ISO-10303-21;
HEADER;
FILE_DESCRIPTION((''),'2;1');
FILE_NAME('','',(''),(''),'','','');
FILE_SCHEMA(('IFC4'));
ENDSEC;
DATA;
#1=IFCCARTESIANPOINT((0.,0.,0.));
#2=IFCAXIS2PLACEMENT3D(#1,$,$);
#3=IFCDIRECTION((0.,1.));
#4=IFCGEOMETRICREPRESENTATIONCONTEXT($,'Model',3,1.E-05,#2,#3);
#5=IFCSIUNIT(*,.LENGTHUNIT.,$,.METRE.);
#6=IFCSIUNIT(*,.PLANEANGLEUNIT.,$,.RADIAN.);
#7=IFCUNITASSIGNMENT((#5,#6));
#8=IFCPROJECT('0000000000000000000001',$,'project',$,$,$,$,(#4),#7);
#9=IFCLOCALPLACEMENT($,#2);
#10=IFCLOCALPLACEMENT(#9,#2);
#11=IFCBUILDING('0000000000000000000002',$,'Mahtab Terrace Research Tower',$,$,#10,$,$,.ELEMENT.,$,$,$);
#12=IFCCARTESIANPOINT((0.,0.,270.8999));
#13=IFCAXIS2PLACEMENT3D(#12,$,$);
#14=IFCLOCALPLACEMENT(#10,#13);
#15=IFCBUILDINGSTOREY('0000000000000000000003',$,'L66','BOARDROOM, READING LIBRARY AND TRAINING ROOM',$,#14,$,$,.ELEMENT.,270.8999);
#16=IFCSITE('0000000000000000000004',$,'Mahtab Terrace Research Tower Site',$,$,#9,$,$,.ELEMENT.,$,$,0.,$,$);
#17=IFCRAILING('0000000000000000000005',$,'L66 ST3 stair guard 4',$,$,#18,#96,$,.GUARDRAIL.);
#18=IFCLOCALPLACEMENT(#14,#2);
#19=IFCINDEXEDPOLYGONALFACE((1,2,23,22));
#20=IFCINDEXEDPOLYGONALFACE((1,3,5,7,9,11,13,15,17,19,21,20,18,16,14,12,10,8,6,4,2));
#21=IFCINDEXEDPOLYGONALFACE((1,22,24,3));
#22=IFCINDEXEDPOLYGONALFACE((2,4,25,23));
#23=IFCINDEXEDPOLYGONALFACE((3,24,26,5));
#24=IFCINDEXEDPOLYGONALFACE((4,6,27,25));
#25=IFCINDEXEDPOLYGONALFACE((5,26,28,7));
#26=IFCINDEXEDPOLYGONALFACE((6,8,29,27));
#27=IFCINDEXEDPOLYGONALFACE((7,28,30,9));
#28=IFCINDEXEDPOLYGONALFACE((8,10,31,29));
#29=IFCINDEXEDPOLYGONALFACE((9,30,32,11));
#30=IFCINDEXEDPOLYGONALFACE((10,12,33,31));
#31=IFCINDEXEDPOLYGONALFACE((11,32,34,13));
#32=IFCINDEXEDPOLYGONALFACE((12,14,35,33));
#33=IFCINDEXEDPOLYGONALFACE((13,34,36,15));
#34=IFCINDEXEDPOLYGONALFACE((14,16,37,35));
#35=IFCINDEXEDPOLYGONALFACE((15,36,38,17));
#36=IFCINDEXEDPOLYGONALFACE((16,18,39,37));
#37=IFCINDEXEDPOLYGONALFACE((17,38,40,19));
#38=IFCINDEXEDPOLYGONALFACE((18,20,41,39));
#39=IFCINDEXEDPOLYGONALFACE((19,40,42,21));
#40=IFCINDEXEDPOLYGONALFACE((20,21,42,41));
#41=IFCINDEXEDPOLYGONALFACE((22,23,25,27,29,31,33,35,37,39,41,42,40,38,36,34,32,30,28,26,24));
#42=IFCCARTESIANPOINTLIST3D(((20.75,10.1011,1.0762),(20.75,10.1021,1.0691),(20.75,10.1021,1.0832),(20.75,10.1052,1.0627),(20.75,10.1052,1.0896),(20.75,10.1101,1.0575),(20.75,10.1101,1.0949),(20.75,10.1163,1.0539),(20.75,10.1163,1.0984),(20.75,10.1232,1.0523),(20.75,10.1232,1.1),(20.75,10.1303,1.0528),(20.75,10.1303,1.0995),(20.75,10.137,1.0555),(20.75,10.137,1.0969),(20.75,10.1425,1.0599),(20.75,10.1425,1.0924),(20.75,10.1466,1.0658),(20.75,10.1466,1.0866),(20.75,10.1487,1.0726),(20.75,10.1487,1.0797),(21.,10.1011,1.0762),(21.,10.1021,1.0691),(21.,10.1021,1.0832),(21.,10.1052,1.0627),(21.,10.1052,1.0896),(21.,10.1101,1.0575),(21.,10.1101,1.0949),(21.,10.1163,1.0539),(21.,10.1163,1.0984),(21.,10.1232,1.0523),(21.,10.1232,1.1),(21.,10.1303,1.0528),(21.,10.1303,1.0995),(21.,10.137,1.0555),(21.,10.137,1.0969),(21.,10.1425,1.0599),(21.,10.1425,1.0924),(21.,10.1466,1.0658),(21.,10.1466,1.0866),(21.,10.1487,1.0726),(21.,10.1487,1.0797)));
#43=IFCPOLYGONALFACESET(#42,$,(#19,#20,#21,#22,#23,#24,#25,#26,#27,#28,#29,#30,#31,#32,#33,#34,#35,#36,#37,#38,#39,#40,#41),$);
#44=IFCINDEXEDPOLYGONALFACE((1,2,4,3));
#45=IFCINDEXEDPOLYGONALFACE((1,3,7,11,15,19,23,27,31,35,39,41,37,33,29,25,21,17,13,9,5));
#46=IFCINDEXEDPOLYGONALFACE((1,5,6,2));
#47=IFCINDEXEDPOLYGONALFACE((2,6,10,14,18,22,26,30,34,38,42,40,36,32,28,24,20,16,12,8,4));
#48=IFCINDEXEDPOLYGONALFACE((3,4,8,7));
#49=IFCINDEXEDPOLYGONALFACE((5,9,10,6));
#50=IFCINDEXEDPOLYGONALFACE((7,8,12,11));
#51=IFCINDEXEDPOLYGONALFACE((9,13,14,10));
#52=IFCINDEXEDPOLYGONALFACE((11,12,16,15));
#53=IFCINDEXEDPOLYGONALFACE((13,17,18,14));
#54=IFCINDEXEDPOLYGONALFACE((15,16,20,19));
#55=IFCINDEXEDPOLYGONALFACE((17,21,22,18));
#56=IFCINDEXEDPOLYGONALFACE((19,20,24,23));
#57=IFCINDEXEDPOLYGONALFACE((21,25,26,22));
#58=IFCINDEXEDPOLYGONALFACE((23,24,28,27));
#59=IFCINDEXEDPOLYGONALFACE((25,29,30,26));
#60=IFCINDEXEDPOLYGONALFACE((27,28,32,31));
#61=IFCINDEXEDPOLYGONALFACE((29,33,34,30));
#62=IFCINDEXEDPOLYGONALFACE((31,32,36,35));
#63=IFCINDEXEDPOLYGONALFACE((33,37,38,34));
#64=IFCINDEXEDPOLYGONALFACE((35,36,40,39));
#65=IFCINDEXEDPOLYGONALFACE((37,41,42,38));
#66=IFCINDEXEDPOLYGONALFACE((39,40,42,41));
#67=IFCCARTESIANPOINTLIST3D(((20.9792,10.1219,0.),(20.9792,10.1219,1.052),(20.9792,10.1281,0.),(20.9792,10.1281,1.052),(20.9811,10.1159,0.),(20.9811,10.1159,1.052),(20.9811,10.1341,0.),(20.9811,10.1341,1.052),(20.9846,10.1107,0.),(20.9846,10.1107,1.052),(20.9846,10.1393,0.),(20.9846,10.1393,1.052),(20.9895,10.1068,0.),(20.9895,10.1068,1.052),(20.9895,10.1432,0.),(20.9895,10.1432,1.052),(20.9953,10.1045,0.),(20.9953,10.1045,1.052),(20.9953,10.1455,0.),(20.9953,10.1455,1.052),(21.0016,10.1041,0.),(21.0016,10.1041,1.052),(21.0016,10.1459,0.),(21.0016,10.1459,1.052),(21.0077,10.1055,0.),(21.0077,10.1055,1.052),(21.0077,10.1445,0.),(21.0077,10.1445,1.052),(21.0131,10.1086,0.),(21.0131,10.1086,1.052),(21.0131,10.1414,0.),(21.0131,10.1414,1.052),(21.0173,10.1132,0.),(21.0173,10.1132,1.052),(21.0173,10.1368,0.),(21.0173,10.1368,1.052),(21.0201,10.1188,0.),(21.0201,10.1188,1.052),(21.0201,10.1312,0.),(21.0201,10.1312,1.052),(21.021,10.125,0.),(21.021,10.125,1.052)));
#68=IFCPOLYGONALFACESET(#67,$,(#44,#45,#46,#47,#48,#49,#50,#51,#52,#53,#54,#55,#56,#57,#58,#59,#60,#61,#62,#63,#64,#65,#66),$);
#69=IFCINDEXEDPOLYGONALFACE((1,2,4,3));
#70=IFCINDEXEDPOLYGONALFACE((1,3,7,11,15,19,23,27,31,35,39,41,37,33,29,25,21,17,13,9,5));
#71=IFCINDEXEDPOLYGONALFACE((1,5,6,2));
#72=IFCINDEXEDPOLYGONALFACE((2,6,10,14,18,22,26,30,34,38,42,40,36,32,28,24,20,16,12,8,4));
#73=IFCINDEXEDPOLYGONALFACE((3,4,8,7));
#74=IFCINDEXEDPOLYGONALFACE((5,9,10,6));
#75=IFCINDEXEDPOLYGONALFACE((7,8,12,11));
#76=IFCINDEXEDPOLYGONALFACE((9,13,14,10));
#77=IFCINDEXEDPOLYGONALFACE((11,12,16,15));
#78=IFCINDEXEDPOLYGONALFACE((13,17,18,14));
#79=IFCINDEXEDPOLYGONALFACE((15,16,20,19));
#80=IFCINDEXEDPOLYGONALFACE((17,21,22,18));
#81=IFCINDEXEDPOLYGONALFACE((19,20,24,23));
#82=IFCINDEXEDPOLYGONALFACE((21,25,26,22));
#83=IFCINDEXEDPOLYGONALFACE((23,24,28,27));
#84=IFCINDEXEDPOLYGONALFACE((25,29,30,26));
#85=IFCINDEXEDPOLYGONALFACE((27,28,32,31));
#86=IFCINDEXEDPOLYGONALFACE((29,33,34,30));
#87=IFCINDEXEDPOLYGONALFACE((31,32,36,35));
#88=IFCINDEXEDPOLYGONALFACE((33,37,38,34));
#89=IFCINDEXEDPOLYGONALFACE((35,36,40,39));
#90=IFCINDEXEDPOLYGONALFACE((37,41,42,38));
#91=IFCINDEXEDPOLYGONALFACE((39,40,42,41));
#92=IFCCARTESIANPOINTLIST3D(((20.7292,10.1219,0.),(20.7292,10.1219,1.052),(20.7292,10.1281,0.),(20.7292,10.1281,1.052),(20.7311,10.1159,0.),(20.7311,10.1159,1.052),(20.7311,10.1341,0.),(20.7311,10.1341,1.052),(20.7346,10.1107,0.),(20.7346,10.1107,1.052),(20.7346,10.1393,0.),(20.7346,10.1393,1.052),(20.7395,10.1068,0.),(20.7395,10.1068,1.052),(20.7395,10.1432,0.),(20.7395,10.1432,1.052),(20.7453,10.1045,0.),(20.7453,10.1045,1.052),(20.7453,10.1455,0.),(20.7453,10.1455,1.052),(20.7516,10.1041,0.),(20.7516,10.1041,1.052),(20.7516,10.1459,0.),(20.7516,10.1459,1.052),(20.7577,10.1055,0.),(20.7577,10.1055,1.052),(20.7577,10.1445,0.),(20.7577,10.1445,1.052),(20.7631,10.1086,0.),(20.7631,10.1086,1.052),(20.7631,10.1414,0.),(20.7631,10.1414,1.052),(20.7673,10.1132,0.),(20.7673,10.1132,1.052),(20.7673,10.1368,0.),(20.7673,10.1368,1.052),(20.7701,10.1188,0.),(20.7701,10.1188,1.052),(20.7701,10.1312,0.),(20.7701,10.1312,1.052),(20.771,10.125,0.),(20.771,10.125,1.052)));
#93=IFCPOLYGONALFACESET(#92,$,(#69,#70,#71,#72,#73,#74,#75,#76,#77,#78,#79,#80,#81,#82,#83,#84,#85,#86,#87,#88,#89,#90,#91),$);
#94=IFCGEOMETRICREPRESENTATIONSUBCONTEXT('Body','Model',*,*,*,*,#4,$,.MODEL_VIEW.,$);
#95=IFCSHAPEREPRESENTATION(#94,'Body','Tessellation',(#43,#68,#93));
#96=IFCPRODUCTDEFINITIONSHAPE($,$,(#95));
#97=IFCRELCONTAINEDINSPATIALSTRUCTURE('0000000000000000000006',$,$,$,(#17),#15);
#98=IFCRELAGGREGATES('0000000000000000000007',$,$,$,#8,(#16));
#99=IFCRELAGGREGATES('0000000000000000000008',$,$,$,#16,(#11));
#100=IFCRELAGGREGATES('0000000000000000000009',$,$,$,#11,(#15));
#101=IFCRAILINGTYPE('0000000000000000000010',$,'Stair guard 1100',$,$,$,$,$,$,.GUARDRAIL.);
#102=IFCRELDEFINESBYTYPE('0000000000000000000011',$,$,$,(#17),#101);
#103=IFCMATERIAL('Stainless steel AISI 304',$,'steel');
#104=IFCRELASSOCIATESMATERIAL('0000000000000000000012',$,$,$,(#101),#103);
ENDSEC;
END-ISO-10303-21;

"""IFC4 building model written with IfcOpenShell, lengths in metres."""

from ifc_helpers import new_model, si_unit, direction, frame, origin, origin_2d, place, context, subcontext, project, spatial, circle, extrude, material, type_object, element, save


model = new_model("IFC4")

# Units and contexts
model_context = context("Model", 3, precision=1e-05, world=origin(), true_north=direction((0.0, 1.0)))
body_context = subcontext(model_context, "Body", "Model", "MODEL_VIEW")
ifc_project = project(units=[si_unit("LENGTHUNIT", "METRE"), si_unit("PLANEANGLEUNIT", "RADIAN")], contexts=[model_context])

# Site, building, storey
site_placement = place(None, origin())
site = spatial("IfcSite", under=ifc_project, at=site_placement, Name="Mahtab Terrace Research Tower Site", CompositionType="ELEMENT", RefElevation=0.0)
building_placement = place(site_placement, origin())
building = spatial("IfcBuilding", under=site, at=building_placement, Name="Mahtab Terrace Research Tower", CompositionType="ELEMENT")
storey_placement = place(building_placement, frame((0.0, 0.0, 270.8999)))
storey = spatial("IfcBuildingStorey", under=building, at=storey_placement, Name="L66", Description="BOARDROOM, READING LIBRARY AND TRAINING ROOM", CompositionType="ELEMENT", Elevation=270.8999)

# Shared definitions
ifc_material_1 = material(Name="Stainless steel AISI 304", Category="steel")

# Railing
railing_type_1 = type_object("IfcRailingType", Name="Stair guard 1100", PredefinedType="GUARDRAIL", material=ifc_material_1)
railing_1_placement = place(storey_placement, frame((21.0, 10.125, 0.0)))
element("IfcRailing", 1, at=railing_1_placement, inside=storey, type_object=railing_type_1, Name="L66 ST3 stair guard 4", PredefinedType="GUARDRAIL", context=body_context, shape_type="SweptSolid", body=[
    extrude(circle(Radius=0.0239, at=origin_2d()), frame((0.0, 0.0, 1.0762), z_axis=(-1.0, 0.0, 0.0), x_axis=(0.0, -1.0, 0.0)), (0.0, 0.0, 1.0), 0.25),
    extrude(circle(Radius=0.021, at=origin_2d()), origin(), (0.0, 0.0, 1.0), 1.052),
    extrude(circle(Radius=0.021, at=origin_2d()), frame((-0.25, 0.0, 0.0)), (0.0, 0.0, 1.0), 1.052),
])

save(model, "model.ifc")
